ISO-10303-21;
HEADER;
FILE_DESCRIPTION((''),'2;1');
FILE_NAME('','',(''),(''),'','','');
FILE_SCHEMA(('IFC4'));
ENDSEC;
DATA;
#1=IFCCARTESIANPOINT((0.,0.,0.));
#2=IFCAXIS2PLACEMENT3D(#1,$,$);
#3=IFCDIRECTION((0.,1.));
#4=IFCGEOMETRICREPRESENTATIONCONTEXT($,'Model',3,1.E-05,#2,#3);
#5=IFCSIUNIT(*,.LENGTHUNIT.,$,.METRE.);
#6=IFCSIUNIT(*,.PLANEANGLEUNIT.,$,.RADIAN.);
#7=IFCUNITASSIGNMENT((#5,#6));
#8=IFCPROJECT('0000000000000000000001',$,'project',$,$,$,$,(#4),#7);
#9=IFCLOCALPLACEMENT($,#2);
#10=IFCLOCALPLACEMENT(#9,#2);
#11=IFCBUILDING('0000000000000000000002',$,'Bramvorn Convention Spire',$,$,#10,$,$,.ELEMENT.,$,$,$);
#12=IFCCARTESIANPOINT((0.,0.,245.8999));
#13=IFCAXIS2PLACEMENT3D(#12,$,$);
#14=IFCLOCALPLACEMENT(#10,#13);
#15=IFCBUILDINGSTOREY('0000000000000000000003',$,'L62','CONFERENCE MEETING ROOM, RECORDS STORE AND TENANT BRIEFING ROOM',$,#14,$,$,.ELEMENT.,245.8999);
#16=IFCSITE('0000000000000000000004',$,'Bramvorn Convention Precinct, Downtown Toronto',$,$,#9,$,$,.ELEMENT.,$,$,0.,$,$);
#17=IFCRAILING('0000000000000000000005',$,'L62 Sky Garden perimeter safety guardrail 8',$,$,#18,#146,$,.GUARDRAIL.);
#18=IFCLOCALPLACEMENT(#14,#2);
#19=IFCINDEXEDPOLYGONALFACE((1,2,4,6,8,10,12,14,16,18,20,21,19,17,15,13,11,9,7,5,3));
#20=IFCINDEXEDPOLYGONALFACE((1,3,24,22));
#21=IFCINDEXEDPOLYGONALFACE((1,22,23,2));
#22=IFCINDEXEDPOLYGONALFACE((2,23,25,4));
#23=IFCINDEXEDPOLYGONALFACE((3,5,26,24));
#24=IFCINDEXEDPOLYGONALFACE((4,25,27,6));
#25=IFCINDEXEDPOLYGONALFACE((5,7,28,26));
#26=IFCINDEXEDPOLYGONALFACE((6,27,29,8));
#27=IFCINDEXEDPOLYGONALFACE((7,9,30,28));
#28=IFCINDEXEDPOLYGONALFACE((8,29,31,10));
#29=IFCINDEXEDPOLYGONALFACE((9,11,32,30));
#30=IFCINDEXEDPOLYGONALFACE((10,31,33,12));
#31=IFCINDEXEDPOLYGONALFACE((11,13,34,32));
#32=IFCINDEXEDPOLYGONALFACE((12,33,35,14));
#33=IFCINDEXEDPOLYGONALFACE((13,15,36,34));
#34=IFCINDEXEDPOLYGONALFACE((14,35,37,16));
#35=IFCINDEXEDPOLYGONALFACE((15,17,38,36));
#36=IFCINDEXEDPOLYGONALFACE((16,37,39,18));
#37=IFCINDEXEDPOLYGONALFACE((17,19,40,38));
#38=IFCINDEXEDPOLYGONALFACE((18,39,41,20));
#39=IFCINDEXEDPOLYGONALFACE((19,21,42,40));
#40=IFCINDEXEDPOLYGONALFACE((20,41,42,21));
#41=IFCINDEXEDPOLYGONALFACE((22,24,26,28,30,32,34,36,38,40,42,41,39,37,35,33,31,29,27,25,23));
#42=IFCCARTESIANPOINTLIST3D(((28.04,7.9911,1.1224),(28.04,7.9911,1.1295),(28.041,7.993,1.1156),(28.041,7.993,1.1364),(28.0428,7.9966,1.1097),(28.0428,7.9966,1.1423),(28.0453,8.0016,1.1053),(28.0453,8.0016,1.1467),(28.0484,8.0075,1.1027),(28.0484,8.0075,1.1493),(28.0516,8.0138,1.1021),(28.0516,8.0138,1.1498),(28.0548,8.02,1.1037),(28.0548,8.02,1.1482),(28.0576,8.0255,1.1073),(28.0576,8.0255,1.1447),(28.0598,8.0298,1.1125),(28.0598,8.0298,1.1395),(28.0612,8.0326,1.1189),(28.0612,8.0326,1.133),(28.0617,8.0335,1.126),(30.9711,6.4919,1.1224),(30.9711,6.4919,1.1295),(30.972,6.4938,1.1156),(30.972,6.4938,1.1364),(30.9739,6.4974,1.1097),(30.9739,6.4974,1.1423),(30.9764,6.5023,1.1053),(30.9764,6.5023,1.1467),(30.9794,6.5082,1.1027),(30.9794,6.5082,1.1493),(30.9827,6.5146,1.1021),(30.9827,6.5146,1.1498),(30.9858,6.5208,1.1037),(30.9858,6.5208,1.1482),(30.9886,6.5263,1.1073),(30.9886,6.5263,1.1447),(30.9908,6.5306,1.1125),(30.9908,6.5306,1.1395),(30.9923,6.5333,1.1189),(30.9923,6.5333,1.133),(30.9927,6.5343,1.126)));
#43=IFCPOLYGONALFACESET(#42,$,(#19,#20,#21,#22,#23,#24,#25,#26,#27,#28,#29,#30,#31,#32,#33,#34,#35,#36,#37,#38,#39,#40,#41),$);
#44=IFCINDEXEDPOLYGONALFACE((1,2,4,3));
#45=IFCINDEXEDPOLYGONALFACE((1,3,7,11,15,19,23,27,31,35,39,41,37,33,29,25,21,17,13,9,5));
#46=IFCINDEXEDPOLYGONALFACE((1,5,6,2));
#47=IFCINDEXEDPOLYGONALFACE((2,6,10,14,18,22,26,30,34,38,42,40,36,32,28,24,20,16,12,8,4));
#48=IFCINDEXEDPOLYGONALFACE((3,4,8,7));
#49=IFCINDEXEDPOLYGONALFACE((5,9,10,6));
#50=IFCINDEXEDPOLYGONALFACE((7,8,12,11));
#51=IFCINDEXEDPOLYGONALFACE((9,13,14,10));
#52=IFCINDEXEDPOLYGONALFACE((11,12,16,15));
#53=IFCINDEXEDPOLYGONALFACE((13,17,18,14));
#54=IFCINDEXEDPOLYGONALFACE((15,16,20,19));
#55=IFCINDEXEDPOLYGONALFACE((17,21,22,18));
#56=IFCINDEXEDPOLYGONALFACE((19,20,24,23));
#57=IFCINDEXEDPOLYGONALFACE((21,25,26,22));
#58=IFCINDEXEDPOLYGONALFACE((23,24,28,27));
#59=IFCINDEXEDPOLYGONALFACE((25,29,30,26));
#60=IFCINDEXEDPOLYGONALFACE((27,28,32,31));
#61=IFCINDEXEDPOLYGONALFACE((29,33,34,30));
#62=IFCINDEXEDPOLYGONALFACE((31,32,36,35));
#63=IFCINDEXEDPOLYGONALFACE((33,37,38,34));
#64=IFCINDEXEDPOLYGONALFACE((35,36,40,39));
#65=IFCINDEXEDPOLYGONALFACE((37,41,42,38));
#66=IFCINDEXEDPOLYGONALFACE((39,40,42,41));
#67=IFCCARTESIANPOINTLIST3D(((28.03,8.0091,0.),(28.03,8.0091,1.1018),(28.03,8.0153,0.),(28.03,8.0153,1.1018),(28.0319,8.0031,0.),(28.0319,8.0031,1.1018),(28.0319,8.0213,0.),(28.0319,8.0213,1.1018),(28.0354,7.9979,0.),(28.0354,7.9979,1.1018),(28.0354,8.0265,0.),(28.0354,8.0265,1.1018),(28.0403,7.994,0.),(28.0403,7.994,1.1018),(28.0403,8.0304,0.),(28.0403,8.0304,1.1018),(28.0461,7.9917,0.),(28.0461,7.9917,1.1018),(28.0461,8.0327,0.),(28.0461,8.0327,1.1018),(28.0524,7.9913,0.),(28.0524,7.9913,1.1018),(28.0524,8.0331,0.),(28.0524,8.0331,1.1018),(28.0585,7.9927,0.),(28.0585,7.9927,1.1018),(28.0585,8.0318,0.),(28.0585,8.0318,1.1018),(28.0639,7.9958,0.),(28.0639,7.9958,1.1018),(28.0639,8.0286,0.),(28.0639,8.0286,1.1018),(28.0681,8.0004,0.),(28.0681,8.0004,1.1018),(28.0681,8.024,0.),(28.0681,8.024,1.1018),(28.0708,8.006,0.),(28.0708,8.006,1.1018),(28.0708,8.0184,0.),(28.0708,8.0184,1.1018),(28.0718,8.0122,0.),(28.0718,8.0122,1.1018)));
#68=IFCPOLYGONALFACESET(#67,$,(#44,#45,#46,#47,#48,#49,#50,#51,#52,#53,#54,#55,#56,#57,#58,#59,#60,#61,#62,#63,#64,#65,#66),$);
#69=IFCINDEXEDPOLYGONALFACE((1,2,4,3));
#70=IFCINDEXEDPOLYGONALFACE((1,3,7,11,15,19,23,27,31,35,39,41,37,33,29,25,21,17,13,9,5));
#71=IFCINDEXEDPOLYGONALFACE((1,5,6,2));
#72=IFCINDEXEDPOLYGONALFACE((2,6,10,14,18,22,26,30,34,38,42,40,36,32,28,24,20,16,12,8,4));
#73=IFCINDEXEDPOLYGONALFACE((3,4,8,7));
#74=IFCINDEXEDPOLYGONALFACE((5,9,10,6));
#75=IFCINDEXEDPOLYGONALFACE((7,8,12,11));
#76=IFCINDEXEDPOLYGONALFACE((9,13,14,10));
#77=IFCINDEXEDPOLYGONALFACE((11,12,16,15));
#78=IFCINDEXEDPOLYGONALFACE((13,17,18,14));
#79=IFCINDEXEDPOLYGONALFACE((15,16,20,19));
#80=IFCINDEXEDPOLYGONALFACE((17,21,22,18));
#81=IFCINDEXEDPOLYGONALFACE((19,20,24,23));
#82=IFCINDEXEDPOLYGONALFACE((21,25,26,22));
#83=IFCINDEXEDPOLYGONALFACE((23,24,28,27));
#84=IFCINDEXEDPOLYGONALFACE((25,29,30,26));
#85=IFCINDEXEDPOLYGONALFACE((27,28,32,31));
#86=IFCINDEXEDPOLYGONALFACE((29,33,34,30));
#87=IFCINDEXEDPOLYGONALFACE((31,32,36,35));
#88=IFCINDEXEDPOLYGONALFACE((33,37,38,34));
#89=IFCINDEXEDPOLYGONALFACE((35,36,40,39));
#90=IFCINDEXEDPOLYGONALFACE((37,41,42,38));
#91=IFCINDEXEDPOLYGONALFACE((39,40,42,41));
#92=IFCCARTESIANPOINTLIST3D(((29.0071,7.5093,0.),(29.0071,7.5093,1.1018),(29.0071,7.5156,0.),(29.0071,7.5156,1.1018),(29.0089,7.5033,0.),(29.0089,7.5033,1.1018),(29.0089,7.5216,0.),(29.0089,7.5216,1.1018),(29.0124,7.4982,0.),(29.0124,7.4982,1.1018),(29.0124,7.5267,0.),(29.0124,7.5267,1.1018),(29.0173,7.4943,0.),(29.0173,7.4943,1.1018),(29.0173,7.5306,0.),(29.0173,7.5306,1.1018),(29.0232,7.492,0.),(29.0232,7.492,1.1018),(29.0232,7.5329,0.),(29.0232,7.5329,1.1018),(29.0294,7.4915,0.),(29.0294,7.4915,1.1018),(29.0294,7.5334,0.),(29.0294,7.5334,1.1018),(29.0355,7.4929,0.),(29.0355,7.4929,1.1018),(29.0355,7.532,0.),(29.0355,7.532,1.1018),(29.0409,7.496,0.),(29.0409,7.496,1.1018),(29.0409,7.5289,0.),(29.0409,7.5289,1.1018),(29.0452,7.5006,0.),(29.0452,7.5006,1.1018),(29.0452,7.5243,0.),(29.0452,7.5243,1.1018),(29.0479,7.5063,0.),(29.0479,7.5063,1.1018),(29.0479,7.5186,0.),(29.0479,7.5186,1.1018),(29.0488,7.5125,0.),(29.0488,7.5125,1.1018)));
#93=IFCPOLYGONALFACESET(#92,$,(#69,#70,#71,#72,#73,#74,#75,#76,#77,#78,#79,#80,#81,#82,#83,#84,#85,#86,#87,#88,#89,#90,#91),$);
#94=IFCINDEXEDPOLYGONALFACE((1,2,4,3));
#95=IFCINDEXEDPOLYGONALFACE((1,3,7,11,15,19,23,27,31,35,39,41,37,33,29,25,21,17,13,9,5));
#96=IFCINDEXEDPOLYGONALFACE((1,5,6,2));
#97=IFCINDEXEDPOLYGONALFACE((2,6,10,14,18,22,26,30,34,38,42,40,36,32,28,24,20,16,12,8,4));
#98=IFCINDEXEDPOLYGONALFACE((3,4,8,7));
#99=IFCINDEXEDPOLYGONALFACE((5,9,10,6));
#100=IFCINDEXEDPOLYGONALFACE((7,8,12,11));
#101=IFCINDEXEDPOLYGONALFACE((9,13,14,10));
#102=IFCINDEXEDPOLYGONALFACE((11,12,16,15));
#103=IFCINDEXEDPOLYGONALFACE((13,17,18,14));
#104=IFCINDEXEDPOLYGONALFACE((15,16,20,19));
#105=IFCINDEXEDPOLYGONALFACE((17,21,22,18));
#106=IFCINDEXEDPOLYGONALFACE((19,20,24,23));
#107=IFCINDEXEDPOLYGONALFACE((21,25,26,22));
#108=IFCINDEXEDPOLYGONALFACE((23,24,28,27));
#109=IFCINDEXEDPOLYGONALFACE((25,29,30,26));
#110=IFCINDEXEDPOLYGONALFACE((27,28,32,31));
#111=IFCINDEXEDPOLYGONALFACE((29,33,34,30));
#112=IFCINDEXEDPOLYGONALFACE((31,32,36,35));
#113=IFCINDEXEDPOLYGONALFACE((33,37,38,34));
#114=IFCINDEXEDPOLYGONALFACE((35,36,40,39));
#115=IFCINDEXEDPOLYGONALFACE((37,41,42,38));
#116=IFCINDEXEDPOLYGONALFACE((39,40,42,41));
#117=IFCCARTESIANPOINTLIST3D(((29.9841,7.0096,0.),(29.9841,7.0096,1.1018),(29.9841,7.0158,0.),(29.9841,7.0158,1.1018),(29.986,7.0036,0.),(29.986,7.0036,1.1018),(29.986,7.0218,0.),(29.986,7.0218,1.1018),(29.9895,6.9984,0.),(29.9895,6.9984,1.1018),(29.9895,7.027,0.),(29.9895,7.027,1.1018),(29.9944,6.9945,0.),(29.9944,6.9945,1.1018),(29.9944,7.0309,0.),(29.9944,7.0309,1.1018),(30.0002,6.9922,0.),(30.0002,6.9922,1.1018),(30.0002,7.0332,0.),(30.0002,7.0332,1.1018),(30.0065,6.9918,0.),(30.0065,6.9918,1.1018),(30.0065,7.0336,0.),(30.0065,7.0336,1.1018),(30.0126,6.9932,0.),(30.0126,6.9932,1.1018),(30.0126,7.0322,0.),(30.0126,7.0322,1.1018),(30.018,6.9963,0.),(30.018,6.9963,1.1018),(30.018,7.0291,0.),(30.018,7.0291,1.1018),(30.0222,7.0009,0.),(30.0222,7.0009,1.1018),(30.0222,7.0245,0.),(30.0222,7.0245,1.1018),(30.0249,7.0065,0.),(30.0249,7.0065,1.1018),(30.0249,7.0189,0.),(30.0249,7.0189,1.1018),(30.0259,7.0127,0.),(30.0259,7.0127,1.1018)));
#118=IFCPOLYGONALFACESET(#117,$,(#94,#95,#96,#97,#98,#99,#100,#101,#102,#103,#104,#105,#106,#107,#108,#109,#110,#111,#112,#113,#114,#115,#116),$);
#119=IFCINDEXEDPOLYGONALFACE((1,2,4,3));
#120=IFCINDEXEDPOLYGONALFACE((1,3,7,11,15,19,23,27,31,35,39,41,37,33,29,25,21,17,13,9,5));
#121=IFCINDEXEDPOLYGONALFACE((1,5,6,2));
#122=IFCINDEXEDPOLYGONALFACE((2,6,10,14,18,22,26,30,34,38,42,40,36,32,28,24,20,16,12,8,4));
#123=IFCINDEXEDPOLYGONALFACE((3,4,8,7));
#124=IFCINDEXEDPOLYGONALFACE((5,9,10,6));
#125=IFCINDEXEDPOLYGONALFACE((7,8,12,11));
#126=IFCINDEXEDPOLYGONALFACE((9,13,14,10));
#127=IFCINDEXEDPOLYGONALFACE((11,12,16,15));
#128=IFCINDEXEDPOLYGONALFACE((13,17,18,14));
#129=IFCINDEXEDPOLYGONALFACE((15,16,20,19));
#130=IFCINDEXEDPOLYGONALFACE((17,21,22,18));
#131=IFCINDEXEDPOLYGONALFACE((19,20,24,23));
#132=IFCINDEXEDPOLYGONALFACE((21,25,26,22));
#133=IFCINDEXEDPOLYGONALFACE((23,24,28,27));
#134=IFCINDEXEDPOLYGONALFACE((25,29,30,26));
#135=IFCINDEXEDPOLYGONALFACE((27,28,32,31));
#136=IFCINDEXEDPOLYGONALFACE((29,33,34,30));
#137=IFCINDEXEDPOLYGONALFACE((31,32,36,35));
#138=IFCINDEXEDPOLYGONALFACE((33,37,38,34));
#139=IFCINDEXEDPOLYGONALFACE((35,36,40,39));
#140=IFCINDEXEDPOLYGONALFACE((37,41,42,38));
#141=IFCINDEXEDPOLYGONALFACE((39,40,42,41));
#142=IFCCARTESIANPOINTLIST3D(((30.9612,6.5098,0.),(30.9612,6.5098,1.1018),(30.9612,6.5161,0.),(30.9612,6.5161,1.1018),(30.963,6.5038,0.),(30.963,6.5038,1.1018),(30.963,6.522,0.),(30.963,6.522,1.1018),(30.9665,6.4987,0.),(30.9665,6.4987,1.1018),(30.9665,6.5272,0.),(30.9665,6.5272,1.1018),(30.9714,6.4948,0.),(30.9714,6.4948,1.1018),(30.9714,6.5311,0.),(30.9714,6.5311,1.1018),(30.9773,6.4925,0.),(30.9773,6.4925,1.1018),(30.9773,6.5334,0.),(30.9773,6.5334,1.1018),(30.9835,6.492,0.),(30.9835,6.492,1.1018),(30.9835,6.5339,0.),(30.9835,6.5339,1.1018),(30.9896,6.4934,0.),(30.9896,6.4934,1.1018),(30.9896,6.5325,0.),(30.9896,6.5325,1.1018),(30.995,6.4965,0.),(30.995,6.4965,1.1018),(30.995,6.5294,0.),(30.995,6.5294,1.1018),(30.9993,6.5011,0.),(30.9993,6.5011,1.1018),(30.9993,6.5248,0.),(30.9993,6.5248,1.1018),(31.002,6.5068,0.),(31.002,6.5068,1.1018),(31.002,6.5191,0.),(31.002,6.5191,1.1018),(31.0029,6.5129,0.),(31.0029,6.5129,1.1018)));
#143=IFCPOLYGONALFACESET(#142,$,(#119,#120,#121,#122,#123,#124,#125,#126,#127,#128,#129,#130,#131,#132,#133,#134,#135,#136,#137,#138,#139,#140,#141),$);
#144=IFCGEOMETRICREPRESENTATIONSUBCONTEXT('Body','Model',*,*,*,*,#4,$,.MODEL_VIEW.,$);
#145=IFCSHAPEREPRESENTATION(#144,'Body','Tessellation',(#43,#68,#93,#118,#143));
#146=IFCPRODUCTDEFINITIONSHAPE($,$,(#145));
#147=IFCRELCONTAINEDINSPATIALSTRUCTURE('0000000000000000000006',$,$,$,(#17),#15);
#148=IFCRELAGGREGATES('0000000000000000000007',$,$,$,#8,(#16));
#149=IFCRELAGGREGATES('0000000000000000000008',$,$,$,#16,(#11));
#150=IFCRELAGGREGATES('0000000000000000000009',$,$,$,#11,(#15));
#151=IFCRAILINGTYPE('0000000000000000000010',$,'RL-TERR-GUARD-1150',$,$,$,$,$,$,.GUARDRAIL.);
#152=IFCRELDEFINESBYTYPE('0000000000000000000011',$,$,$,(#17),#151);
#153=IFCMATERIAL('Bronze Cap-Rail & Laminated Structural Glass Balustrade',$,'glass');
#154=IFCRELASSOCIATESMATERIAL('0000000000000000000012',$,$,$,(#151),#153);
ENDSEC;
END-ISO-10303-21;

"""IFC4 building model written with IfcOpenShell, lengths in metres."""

from ifc_helpers import new_model, si_unit, direction, frame, origin, origin_2d, place, context, subcontext, project, spatial, circle, extrude, material, type_object, element, save


model = new_model("IFC4")

# Units and contexts
model_context = context("Model", 3, precision=1e-05, world=origin(), true_north=direction((0.0, 1.0)))
body_context = subcontext(model_context, "Body", "Model", "MODEL_VIEW")
ifc_project = project(units=[si_unit("LENGTHUNIT", "METRE"), si_unit("PLANEANGLEUNIT", "RADIAN")], contexts=[model_context])

# Site, building, storey
site_placement = place(None, origin())
site = spatial("IfcSite", under=ifc_project, at=site_placement, Name="Bramvorn Convention Precinct, Downtown Toronto", CompositionType="ELEMENT", RefElevation=0.0)
building_placement = place(site_placement, origin())
building = spatial("IfcBuilding", under=site, at=building_placement, Name="Bramvorn Convention Spire", CompositionType="ELEMENT")
storey_placement = place(building_placement, frame((0.0, 0.0, 245.8999)))
storey = spatial("IfcBuildingStorey", under=building, at=storey_placement, Name="L62", Description="CONFERENCE MEETING ROOM, RECORDS STORE AND TENANT BRIEFING ROOM", CompositionType="ELEMENT", Elevation=245.8999)

# Railing
ifc_material_1 = material(Name="Bronze Cap-Rail & Laminated Structural Glass Balustrade", Category="glass")
railing_type_1 = type_object("IfcRailingType", Name="RL-TERR-GUARD-1150", PredefinedType="GUARDRAIL", material=ifc_material_1)
railing_1_placement = place(storey_placement, frame((28.0508, 8.0122, 0.0)))
element("IfcRailing", 1, at=railing_1_placement, inside=storey, type_object=railing_type_1, Name="L62 Sky Garden perimeter safety guardrail 8", PredefinedType="GUARDRAIL", context=body_context, shape_type="SweptSolid", body=[
    extrude(circle(Radius=0.0239, at=origin_2d()), frame((0.0, 0.0, 1.126), z_axis=(0.890296, -0.455381, 0.0), x_axis=(0.455381, 0.890296, 0.0)), (0.0, 0.0, 1.0), 3.2922),
    extrude(circle(Radius=0.021, at=origin_2d()), origin(), (0.0, 0.0, 1.0), 1.1018),
    extrude(circle(Radius=0.021, at=origin_2d()), frame((0.9771, -0.4998, 0.0)), (0.0, 0.0, 1.0), 1.1018),
    extrude(circle(Radius=0.021, at=origin_2d()), frame((1.9541, -0.9995, 0.0)), (0.0, 0.0, 1.0), 1.1018),
    extrude(circle(Radius=0.021, at=origin_2d()), frame((2.9312, -1.4993, 0.0)), (0.0, 0.0, 1.0), 1.1018),
])

save(model, "model.ifc")
